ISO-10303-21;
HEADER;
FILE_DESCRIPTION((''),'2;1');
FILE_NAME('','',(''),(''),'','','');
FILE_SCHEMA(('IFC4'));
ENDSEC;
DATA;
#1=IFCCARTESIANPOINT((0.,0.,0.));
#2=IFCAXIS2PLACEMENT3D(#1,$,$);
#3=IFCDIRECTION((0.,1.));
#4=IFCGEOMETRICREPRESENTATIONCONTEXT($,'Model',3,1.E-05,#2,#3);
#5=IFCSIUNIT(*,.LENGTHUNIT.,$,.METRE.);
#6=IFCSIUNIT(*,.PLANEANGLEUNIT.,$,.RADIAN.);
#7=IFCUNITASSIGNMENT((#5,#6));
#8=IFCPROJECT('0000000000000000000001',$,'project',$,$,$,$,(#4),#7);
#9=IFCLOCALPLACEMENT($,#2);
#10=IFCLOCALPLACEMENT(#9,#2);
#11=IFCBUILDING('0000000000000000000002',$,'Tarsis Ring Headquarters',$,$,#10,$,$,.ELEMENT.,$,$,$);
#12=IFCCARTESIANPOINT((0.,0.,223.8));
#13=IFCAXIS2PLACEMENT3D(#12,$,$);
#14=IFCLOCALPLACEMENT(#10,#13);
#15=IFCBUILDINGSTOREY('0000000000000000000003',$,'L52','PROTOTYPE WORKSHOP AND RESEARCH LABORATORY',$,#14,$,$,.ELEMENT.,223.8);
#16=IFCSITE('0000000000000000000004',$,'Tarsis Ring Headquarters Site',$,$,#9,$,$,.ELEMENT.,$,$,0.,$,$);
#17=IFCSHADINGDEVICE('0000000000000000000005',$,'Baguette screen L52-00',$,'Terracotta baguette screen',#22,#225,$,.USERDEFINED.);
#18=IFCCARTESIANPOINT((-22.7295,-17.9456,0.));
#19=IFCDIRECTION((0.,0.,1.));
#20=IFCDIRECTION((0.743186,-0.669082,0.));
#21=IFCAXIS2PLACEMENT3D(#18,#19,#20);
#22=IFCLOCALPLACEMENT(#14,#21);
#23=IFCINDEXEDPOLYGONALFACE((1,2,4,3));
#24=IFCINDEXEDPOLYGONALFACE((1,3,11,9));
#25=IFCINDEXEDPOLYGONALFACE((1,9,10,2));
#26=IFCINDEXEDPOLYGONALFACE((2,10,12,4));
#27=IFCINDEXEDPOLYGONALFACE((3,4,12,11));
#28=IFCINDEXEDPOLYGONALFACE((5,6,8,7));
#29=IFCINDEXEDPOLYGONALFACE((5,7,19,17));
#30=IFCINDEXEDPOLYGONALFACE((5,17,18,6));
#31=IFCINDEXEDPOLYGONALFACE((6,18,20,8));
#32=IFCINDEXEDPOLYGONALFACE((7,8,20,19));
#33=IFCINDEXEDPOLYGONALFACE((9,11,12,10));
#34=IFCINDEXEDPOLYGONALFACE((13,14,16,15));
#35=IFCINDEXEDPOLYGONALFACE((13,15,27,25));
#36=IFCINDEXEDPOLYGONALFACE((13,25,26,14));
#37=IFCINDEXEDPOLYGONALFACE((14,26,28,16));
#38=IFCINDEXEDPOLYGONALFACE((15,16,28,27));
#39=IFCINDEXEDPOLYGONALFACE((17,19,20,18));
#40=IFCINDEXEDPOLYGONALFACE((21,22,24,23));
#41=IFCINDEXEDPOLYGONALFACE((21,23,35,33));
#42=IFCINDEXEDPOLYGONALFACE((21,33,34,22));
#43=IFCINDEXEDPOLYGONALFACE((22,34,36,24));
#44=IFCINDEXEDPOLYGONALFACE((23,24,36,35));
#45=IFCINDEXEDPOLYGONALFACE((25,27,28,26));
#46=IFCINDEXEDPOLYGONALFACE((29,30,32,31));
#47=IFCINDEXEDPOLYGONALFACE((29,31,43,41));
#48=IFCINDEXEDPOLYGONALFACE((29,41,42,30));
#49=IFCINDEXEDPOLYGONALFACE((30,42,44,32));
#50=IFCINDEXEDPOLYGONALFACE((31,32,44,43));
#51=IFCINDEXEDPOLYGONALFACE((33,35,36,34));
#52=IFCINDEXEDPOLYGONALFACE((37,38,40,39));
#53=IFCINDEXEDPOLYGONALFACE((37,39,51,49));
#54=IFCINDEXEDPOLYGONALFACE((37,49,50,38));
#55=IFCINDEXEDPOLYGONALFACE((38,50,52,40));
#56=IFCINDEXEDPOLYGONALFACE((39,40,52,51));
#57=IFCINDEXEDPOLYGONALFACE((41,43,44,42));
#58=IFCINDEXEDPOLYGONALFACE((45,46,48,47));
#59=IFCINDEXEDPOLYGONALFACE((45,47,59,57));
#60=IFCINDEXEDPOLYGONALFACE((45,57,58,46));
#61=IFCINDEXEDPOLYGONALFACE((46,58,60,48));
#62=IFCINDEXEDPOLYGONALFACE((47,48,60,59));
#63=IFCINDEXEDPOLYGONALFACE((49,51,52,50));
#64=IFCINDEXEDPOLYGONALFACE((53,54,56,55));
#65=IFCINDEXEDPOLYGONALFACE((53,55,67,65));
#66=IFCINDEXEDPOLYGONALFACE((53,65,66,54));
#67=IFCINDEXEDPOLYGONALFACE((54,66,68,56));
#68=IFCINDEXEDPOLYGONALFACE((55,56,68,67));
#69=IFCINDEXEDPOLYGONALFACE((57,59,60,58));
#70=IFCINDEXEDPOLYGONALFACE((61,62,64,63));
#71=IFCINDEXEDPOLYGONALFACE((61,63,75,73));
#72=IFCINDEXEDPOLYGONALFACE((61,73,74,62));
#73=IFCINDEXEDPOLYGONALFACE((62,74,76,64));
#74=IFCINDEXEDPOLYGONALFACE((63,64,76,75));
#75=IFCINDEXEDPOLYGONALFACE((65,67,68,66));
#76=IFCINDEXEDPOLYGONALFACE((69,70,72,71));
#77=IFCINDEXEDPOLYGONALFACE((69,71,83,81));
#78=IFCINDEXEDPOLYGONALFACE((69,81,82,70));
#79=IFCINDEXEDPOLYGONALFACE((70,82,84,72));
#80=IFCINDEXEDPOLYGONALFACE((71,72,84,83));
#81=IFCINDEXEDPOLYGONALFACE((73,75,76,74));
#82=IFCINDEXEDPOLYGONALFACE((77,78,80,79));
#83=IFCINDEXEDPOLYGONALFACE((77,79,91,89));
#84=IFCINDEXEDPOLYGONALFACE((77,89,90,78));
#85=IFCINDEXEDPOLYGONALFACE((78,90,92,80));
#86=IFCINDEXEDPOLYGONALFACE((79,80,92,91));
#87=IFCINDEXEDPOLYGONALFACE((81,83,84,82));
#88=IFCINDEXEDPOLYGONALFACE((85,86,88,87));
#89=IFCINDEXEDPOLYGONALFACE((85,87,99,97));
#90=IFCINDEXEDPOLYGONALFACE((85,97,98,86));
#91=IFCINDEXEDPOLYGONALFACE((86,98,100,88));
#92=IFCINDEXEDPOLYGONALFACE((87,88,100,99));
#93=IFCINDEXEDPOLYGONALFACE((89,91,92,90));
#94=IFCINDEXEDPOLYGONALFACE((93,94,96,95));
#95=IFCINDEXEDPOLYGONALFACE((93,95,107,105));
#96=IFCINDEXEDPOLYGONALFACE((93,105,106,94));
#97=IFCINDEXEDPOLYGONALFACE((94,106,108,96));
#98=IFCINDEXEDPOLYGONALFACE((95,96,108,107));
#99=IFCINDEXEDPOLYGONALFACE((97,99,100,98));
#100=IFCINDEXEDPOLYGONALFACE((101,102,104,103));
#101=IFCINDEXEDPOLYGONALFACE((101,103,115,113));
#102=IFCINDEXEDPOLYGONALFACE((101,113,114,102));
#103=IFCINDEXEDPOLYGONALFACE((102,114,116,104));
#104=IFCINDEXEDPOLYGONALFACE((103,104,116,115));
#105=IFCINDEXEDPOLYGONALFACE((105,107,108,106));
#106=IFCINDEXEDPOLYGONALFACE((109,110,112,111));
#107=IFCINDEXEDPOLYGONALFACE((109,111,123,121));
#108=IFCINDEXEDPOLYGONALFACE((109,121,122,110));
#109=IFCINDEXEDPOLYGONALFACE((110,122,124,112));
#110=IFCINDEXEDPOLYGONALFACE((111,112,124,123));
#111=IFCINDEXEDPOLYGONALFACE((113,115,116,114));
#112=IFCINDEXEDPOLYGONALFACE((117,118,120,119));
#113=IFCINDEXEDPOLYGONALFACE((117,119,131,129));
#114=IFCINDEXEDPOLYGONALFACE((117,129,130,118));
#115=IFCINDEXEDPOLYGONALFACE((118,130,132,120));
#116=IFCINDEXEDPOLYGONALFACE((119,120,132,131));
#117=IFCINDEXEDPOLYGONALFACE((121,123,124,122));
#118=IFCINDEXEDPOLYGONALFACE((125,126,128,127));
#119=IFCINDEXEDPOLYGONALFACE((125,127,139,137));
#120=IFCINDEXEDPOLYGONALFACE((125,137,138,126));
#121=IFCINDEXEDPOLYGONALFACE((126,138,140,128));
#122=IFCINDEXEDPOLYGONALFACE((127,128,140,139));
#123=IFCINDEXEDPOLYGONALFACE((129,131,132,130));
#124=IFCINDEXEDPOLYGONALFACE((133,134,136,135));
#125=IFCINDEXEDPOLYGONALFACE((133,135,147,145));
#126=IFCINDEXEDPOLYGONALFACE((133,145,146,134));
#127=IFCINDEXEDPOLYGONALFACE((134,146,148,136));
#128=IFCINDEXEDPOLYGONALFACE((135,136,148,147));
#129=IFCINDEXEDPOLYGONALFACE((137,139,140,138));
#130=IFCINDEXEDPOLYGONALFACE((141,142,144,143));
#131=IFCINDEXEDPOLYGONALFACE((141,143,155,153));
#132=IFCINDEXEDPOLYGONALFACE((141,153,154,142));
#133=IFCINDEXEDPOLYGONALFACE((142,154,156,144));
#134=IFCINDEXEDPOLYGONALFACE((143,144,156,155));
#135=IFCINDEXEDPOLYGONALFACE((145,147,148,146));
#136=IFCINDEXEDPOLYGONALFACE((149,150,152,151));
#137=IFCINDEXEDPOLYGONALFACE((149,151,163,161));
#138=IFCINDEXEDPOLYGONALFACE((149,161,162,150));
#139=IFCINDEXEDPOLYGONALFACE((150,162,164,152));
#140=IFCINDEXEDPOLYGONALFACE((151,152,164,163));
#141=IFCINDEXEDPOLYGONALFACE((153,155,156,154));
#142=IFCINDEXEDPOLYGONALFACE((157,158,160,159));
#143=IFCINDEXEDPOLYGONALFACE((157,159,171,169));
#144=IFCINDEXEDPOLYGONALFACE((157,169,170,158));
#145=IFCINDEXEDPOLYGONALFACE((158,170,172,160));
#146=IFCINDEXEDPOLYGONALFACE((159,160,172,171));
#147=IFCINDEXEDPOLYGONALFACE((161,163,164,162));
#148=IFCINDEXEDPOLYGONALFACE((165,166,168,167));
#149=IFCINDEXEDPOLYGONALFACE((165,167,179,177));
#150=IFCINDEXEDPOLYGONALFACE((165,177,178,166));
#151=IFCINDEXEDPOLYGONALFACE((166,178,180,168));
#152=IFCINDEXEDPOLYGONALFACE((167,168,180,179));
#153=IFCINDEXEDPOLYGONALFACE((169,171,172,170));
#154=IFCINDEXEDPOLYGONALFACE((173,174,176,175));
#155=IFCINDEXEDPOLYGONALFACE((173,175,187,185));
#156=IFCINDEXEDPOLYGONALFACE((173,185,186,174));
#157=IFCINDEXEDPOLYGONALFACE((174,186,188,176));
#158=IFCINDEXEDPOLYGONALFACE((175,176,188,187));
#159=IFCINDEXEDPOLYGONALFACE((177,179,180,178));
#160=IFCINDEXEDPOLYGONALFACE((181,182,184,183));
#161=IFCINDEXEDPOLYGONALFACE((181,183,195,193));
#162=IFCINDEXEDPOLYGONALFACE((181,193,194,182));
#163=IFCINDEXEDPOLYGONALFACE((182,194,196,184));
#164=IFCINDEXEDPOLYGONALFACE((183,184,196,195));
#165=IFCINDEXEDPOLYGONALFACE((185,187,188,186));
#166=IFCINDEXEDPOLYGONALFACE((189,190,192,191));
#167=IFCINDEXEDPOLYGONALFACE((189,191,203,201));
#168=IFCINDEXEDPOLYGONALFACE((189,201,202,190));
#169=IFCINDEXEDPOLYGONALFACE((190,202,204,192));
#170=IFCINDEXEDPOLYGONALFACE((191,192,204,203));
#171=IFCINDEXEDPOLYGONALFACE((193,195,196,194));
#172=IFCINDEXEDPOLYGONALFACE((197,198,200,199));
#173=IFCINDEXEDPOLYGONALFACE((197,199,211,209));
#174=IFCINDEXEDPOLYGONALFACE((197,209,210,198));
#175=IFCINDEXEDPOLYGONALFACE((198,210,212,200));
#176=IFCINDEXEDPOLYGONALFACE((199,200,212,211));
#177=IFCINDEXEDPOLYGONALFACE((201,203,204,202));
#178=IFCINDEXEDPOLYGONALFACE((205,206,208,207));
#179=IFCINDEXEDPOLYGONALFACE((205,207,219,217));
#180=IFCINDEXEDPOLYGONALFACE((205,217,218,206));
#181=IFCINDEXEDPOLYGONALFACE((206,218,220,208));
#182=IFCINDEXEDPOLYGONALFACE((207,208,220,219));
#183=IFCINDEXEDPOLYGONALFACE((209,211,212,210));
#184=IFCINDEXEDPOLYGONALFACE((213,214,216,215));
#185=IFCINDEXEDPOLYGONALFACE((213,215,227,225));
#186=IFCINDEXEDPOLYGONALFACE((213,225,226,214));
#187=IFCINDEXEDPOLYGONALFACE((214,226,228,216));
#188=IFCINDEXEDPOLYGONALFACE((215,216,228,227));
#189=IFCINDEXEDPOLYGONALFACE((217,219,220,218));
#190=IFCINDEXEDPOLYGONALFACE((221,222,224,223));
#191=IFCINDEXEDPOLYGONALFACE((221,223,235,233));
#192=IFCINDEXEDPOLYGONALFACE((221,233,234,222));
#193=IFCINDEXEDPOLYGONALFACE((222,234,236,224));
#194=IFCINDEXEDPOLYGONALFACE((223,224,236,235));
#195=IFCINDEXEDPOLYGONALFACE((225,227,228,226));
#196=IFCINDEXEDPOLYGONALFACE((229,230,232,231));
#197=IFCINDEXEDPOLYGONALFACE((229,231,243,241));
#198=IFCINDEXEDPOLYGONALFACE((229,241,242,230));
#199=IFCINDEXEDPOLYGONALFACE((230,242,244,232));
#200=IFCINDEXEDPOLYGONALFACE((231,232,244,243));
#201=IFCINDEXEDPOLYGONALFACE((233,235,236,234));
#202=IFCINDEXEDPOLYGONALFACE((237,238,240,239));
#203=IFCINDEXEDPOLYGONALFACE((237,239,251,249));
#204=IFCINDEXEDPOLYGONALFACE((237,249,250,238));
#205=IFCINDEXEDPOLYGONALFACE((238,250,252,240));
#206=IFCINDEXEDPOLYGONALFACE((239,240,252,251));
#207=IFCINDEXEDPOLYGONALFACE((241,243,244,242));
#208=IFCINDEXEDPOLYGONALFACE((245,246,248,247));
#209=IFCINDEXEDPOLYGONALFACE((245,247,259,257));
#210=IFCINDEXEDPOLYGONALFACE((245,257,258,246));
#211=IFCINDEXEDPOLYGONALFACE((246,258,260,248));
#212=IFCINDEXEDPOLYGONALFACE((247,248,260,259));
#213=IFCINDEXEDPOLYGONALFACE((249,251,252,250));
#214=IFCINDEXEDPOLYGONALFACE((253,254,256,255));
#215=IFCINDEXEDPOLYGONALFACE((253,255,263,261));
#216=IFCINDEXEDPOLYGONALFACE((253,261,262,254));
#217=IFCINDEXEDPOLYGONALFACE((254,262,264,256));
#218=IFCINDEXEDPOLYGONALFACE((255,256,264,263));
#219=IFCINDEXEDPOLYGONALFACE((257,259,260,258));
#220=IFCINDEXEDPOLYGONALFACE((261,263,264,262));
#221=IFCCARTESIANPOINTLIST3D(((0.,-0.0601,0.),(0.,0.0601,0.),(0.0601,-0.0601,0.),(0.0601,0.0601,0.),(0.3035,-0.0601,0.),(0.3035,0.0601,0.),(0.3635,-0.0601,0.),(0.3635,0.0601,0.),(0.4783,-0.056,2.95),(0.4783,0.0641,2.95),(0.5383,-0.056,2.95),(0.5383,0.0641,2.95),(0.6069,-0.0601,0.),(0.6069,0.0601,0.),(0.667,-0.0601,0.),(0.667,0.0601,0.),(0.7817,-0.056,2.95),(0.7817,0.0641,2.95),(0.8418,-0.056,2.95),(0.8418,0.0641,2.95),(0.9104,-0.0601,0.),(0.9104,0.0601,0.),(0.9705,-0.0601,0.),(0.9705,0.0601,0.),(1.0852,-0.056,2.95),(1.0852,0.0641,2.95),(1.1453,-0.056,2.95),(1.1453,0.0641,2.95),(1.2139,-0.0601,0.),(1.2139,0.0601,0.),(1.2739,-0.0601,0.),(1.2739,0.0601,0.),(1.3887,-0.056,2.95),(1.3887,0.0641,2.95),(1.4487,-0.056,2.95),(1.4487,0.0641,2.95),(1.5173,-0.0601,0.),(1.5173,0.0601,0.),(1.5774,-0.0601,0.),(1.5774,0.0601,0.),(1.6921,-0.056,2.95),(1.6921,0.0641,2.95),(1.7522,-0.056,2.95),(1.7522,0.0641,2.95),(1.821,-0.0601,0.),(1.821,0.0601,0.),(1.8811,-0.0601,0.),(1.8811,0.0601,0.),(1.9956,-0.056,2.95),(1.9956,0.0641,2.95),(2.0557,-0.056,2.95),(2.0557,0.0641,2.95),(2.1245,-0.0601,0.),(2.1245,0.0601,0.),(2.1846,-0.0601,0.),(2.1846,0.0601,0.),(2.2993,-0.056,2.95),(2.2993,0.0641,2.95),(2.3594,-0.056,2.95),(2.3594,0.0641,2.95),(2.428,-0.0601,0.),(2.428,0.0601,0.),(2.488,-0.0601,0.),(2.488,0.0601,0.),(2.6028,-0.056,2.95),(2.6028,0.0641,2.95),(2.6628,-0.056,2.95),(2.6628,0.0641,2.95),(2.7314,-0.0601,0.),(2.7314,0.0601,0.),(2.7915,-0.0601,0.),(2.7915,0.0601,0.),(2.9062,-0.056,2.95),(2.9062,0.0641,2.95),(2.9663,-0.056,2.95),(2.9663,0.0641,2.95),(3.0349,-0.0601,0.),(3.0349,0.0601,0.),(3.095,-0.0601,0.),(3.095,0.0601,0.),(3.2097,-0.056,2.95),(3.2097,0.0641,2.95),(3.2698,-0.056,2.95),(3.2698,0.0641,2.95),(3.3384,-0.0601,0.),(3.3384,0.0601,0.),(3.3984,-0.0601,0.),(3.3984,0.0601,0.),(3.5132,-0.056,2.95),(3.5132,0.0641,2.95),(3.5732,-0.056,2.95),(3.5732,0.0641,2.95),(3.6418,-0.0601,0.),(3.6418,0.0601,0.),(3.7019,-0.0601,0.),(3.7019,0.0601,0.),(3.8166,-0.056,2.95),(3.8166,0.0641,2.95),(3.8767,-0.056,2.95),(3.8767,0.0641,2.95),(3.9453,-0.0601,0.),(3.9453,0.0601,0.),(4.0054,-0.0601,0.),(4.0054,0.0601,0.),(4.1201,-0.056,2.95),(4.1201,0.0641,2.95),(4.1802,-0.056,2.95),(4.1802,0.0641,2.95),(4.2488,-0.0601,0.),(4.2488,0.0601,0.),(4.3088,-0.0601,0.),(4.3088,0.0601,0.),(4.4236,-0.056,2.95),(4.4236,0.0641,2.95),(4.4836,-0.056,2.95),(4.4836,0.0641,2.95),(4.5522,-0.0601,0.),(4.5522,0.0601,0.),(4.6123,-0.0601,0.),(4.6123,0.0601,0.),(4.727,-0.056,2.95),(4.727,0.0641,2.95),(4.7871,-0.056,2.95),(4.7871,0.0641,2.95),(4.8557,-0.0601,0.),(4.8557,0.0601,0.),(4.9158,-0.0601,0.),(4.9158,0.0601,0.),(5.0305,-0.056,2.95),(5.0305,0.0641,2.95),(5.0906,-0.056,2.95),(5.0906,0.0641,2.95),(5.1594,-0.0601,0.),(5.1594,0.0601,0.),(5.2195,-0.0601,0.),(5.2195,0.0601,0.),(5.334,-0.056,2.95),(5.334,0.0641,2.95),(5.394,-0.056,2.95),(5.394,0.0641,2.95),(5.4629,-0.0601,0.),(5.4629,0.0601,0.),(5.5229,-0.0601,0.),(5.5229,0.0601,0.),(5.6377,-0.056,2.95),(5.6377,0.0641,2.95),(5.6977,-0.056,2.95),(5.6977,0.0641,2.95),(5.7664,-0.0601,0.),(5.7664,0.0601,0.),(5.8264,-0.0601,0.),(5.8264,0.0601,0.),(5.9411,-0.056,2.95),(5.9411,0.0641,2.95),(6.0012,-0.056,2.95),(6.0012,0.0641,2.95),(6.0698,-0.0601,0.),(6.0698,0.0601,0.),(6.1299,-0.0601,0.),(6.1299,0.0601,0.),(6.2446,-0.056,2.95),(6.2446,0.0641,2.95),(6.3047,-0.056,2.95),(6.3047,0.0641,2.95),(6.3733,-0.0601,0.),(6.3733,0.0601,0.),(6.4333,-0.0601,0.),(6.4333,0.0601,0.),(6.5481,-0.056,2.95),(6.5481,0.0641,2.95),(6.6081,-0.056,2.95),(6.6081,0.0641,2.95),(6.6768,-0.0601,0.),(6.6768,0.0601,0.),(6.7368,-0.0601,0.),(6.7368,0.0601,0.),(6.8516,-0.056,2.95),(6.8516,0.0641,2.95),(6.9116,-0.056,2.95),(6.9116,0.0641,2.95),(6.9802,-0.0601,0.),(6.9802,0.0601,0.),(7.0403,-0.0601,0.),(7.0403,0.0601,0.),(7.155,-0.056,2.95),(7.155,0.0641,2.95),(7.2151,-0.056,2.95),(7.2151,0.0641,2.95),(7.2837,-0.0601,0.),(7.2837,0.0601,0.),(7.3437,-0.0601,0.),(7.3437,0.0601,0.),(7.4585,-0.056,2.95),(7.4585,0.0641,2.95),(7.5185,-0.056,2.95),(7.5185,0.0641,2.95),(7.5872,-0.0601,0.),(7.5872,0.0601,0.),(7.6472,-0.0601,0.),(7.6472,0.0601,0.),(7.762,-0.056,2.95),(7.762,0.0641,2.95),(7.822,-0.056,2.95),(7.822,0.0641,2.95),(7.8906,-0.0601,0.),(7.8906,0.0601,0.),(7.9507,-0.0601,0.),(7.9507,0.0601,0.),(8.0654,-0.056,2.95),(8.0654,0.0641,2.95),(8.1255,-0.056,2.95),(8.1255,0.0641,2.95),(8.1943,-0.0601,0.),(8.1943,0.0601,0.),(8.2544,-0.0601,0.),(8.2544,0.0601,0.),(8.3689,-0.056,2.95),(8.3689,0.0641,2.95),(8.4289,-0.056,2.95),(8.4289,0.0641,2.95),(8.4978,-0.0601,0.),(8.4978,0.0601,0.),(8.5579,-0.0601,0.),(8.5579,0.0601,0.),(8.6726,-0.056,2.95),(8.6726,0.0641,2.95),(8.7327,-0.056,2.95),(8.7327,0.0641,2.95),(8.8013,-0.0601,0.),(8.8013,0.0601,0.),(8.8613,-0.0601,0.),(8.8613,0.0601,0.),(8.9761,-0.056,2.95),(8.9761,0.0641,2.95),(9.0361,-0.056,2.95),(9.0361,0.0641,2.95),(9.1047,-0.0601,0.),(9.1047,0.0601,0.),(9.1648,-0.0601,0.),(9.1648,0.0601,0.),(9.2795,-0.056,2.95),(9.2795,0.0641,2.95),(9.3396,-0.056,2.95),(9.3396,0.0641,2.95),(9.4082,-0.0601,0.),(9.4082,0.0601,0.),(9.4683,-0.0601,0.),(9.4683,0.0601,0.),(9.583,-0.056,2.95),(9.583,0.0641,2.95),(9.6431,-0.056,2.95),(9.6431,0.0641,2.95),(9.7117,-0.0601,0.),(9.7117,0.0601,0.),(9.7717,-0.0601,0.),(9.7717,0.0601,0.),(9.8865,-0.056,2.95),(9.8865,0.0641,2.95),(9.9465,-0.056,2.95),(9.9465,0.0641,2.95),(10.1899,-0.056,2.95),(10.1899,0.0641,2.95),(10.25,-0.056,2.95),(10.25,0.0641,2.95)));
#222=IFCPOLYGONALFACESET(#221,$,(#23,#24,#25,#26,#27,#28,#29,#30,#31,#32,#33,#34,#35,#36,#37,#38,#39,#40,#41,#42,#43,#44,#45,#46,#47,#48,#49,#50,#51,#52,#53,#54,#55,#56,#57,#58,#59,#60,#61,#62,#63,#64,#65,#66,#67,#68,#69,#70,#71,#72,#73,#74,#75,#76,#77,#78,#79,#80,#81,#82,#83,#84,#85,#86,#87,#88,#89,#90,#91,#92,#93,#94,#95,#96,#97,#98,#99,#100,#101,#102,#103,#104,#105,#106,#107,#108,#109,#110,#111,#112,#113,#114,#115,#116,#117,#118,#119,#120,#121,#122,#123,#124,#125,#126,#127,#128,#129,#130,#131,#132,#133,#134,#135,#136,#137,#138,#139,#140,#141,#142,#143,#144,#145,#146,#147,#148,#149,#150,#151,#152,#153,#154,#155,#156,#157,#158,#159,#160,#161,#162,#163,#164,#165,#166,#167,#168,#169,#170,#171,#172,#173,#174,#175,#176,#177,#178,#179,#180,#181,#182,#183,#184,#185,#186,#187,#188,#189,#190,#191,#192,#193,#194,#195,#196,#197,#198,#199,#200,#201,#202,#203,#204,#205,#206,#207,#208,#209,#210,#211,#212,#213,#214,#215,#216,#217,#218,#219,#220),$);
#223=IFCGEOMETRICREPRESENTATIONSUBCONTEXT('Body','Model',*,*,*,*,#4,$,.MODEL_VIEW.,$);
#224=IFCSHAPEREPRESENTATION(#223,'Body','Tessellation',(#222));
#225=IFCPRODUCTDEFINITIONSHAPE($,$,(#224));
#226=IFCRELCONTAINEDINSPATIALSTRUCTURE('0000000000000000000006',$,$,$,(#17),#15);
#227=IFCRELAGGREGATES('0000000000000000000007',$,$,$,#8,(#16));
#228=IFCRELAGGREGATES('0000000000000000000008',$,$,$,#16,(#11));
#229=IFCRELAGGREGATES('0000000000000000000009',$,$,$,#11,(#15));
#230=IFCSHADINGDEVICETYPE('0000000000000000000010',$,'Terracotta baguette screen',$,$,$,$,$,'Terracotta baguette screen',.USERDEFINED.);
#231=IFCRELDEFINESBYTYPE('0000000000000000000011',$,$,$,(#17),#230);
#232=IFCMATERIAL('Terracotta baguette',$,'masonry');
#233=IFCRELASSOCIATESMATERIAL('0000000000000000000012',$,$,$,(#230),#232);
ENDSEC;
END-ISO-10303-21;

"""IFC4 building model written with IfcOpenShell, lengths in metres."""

from ifc_helpers import new_model, si_unit, direction, frame, frame_2d, origin, place, context, subcontext, project, spatial, rectangle, composite_profile, extrude, material, type_object, element, save


model = new_model("IFC4")

# Units and contexts
model_context = context("Model", 3, precision=1e-05, world=origin(), true_north=direction((0.0, 1.0)))
body_context = subcontext(model_context, "Body", "Model", "MODEL_VIEW")
ifc_project = project(units=[si_unit("LENGTHUNIT", "METRE"), si_unit("PLANEANGLEUNIT", "RADIAN")], contexts=[model_context])

# Site, building, storey
site_placement = place(None, origin())
site = spatial("IfcSite", under=ifc_project, at=site_placement, Name="Tarsis Ring Headquarters Site", CompositionType="ELEMENT", RefElevation=0.0)
building_placement = place(site_placement, origin())
building = spatial("IfcBuilding", under=site, at=building_placement, Name="Tarsis Ring Headquarters", CompositionType="ELEMENT")
storey_placement = place(building_placement, frame((0.0, 0.0, 223.8)))
storey = spatial("IfcBuildingStorey", under=building, at=storey_placement, Name="L52", Description="PROTOTYPE WORKSHOP AND RESEARCH LABORATORY", CompositionType="ELEMENT", Elevation=223.8)

# Shading device
ifc_material_1 = material(Name="Terracotta baguette", Category="masonry")
shading_device_type = type_object("IfcShadingDeviceType", Name="Terracotta baguette screen", ElementType="Terracotta baguette screen", PredefinedType="USERDEFINED", material=ifc_material_1)
shading_device_placement = place(storey_placement, frame((-22.7295, -17.9456, 0.0), z_axis=(0.0, 0.0, 1.0), x_axis=(0.743186, -0.669082, 0.0)))
element("IfcShadingDevice", 1, at=shading_device_placement, inside=storey, type_object=shading_device_type, Name="Baguette screen L52-00", ObjectType="Terracotta baguette screen", PredefinedType="USERDEFINED", context=body_context, shape_type="SweptSolid", body=[
    extrude(composite_profile([rectangle(XDim=0.0601, YDim=0.1201, at=frame_2d((0.03, 0.0))), rectangle(XDim=0.0601, YDim=0.1201, at=frame_2d((0.3335, 0.0))), rectangle(XDim=0.0601, YDim=0.1201, at=frame_2d((0.637, 0.0))), rectangle(XDim=0.0601, YDim=0.1201, at=frame_2d((0.9404, 0.0))), rectangle(XDim=0.0601, YDim=0.1201, at=frame_2d((1.2439, 0.0))), rectangle(XDim=0.0601, YDim=0.1201, at=frame_2d((1.5474, 0.0))), rectangle(XDim=0.0601, YDim=0.1201, at=frame_2d((1.8511, 0.0))), rectangle(XDim=0.0601, YDim=0.1201, at=frame_2d((2.1545, 0.0))), rectangle(XDim=0.0601, YDim=0.1201, at=frame_2d((2.458, 0.0))), rectangle(XDim=0.0601, YDim=0.1201, at=frame_2d((2.7615, 0.0))), rectangle(XDim=0.0601, YDim=0.1201, at=frame_2d((3.0649, 0.0))), rectangle(XDim=0.0601, YDim=0.1201, at=frame_2d((3.3684, 0.0))), rectangle(XDim=0.0601, YDim=0.1201, at=frame_2d((3.6719, 0.0))), rectangle(XDim=0.0601, YDim=0.1201, at=frame_2d((3.9753, 0.0))), rectangle(XDim=0.0601, YDim=0.1201, at=frame_2d((4.2788, 0.0))), rectangle(XDim=0.0601, YDim=0.1201, at=frame_2d((4.5823, 0.0))), rectangle(XDim=0.0601, YDim=0.1201, at=frame_2d((4.8857, 0.0))), rectangle(XDim=0.0601, YDim=0.1201, at=frame_2d((5.1895, 0.0))), rectangle(XDim=0.0601, YDim=0.1201, at=frame_2d((5.4929, 0.0))), rectangle(XDim=0.0601, YDim=0.1201, at=frame_2d((5.7964, 0.0))), rectangle(XDim=0.0601, YDim=0.1201, at=frame_2d((6.0999, 0.0))), rectangle(XDim=0.0601, YDim=0.1201, at=frame_2d((6.4033, 0.0))), rectangle(XDim=0.0601, YDim=0.1201, at=frame_2d((6.7068, 0.0))), rectangle(XDim=0.0601, YDim=0.1201, at=frame_2d((7.0103, 0.0))), rectangle(XDim=0.0601, YDim=0.1201, at=frame_2d((7.3137, 0.0))), rectangle(XDim=0.0601, YDim=0.1201, at=frame_2d((7.6172, 0.0))), rectangle(XDim=0.0601, YDim=0.1201, at=frame_2d((7.9207, 0.0))), rectangle(XDim=0.0601, YDim=0.1201, at=frame_2d((8.2244, 0.0))), rectangle(XDim=0.0601, YDim=0.1201, at=frame_2d((8.5278, 0.0))), rectangle(XDim=0.0601, YDim=0.1201, at=frame_2d((8.8313, 0.0))), rectangle(XDim=0.0601, YDim=0.1201, at=frame_2d((9.1348, 0.0))), rectangle(XDim=0.0601, YDim=0.1201, at=frame_2d((9.4382, 0.0))), rectangle(XDim=0.0601, YDim=0.1201, at=frame_2d((9.7417, 0.0)))]), origin(), (0.160032, 0.001345, 0.987111), 2.9885),
])

save(model, "model.ifc")
